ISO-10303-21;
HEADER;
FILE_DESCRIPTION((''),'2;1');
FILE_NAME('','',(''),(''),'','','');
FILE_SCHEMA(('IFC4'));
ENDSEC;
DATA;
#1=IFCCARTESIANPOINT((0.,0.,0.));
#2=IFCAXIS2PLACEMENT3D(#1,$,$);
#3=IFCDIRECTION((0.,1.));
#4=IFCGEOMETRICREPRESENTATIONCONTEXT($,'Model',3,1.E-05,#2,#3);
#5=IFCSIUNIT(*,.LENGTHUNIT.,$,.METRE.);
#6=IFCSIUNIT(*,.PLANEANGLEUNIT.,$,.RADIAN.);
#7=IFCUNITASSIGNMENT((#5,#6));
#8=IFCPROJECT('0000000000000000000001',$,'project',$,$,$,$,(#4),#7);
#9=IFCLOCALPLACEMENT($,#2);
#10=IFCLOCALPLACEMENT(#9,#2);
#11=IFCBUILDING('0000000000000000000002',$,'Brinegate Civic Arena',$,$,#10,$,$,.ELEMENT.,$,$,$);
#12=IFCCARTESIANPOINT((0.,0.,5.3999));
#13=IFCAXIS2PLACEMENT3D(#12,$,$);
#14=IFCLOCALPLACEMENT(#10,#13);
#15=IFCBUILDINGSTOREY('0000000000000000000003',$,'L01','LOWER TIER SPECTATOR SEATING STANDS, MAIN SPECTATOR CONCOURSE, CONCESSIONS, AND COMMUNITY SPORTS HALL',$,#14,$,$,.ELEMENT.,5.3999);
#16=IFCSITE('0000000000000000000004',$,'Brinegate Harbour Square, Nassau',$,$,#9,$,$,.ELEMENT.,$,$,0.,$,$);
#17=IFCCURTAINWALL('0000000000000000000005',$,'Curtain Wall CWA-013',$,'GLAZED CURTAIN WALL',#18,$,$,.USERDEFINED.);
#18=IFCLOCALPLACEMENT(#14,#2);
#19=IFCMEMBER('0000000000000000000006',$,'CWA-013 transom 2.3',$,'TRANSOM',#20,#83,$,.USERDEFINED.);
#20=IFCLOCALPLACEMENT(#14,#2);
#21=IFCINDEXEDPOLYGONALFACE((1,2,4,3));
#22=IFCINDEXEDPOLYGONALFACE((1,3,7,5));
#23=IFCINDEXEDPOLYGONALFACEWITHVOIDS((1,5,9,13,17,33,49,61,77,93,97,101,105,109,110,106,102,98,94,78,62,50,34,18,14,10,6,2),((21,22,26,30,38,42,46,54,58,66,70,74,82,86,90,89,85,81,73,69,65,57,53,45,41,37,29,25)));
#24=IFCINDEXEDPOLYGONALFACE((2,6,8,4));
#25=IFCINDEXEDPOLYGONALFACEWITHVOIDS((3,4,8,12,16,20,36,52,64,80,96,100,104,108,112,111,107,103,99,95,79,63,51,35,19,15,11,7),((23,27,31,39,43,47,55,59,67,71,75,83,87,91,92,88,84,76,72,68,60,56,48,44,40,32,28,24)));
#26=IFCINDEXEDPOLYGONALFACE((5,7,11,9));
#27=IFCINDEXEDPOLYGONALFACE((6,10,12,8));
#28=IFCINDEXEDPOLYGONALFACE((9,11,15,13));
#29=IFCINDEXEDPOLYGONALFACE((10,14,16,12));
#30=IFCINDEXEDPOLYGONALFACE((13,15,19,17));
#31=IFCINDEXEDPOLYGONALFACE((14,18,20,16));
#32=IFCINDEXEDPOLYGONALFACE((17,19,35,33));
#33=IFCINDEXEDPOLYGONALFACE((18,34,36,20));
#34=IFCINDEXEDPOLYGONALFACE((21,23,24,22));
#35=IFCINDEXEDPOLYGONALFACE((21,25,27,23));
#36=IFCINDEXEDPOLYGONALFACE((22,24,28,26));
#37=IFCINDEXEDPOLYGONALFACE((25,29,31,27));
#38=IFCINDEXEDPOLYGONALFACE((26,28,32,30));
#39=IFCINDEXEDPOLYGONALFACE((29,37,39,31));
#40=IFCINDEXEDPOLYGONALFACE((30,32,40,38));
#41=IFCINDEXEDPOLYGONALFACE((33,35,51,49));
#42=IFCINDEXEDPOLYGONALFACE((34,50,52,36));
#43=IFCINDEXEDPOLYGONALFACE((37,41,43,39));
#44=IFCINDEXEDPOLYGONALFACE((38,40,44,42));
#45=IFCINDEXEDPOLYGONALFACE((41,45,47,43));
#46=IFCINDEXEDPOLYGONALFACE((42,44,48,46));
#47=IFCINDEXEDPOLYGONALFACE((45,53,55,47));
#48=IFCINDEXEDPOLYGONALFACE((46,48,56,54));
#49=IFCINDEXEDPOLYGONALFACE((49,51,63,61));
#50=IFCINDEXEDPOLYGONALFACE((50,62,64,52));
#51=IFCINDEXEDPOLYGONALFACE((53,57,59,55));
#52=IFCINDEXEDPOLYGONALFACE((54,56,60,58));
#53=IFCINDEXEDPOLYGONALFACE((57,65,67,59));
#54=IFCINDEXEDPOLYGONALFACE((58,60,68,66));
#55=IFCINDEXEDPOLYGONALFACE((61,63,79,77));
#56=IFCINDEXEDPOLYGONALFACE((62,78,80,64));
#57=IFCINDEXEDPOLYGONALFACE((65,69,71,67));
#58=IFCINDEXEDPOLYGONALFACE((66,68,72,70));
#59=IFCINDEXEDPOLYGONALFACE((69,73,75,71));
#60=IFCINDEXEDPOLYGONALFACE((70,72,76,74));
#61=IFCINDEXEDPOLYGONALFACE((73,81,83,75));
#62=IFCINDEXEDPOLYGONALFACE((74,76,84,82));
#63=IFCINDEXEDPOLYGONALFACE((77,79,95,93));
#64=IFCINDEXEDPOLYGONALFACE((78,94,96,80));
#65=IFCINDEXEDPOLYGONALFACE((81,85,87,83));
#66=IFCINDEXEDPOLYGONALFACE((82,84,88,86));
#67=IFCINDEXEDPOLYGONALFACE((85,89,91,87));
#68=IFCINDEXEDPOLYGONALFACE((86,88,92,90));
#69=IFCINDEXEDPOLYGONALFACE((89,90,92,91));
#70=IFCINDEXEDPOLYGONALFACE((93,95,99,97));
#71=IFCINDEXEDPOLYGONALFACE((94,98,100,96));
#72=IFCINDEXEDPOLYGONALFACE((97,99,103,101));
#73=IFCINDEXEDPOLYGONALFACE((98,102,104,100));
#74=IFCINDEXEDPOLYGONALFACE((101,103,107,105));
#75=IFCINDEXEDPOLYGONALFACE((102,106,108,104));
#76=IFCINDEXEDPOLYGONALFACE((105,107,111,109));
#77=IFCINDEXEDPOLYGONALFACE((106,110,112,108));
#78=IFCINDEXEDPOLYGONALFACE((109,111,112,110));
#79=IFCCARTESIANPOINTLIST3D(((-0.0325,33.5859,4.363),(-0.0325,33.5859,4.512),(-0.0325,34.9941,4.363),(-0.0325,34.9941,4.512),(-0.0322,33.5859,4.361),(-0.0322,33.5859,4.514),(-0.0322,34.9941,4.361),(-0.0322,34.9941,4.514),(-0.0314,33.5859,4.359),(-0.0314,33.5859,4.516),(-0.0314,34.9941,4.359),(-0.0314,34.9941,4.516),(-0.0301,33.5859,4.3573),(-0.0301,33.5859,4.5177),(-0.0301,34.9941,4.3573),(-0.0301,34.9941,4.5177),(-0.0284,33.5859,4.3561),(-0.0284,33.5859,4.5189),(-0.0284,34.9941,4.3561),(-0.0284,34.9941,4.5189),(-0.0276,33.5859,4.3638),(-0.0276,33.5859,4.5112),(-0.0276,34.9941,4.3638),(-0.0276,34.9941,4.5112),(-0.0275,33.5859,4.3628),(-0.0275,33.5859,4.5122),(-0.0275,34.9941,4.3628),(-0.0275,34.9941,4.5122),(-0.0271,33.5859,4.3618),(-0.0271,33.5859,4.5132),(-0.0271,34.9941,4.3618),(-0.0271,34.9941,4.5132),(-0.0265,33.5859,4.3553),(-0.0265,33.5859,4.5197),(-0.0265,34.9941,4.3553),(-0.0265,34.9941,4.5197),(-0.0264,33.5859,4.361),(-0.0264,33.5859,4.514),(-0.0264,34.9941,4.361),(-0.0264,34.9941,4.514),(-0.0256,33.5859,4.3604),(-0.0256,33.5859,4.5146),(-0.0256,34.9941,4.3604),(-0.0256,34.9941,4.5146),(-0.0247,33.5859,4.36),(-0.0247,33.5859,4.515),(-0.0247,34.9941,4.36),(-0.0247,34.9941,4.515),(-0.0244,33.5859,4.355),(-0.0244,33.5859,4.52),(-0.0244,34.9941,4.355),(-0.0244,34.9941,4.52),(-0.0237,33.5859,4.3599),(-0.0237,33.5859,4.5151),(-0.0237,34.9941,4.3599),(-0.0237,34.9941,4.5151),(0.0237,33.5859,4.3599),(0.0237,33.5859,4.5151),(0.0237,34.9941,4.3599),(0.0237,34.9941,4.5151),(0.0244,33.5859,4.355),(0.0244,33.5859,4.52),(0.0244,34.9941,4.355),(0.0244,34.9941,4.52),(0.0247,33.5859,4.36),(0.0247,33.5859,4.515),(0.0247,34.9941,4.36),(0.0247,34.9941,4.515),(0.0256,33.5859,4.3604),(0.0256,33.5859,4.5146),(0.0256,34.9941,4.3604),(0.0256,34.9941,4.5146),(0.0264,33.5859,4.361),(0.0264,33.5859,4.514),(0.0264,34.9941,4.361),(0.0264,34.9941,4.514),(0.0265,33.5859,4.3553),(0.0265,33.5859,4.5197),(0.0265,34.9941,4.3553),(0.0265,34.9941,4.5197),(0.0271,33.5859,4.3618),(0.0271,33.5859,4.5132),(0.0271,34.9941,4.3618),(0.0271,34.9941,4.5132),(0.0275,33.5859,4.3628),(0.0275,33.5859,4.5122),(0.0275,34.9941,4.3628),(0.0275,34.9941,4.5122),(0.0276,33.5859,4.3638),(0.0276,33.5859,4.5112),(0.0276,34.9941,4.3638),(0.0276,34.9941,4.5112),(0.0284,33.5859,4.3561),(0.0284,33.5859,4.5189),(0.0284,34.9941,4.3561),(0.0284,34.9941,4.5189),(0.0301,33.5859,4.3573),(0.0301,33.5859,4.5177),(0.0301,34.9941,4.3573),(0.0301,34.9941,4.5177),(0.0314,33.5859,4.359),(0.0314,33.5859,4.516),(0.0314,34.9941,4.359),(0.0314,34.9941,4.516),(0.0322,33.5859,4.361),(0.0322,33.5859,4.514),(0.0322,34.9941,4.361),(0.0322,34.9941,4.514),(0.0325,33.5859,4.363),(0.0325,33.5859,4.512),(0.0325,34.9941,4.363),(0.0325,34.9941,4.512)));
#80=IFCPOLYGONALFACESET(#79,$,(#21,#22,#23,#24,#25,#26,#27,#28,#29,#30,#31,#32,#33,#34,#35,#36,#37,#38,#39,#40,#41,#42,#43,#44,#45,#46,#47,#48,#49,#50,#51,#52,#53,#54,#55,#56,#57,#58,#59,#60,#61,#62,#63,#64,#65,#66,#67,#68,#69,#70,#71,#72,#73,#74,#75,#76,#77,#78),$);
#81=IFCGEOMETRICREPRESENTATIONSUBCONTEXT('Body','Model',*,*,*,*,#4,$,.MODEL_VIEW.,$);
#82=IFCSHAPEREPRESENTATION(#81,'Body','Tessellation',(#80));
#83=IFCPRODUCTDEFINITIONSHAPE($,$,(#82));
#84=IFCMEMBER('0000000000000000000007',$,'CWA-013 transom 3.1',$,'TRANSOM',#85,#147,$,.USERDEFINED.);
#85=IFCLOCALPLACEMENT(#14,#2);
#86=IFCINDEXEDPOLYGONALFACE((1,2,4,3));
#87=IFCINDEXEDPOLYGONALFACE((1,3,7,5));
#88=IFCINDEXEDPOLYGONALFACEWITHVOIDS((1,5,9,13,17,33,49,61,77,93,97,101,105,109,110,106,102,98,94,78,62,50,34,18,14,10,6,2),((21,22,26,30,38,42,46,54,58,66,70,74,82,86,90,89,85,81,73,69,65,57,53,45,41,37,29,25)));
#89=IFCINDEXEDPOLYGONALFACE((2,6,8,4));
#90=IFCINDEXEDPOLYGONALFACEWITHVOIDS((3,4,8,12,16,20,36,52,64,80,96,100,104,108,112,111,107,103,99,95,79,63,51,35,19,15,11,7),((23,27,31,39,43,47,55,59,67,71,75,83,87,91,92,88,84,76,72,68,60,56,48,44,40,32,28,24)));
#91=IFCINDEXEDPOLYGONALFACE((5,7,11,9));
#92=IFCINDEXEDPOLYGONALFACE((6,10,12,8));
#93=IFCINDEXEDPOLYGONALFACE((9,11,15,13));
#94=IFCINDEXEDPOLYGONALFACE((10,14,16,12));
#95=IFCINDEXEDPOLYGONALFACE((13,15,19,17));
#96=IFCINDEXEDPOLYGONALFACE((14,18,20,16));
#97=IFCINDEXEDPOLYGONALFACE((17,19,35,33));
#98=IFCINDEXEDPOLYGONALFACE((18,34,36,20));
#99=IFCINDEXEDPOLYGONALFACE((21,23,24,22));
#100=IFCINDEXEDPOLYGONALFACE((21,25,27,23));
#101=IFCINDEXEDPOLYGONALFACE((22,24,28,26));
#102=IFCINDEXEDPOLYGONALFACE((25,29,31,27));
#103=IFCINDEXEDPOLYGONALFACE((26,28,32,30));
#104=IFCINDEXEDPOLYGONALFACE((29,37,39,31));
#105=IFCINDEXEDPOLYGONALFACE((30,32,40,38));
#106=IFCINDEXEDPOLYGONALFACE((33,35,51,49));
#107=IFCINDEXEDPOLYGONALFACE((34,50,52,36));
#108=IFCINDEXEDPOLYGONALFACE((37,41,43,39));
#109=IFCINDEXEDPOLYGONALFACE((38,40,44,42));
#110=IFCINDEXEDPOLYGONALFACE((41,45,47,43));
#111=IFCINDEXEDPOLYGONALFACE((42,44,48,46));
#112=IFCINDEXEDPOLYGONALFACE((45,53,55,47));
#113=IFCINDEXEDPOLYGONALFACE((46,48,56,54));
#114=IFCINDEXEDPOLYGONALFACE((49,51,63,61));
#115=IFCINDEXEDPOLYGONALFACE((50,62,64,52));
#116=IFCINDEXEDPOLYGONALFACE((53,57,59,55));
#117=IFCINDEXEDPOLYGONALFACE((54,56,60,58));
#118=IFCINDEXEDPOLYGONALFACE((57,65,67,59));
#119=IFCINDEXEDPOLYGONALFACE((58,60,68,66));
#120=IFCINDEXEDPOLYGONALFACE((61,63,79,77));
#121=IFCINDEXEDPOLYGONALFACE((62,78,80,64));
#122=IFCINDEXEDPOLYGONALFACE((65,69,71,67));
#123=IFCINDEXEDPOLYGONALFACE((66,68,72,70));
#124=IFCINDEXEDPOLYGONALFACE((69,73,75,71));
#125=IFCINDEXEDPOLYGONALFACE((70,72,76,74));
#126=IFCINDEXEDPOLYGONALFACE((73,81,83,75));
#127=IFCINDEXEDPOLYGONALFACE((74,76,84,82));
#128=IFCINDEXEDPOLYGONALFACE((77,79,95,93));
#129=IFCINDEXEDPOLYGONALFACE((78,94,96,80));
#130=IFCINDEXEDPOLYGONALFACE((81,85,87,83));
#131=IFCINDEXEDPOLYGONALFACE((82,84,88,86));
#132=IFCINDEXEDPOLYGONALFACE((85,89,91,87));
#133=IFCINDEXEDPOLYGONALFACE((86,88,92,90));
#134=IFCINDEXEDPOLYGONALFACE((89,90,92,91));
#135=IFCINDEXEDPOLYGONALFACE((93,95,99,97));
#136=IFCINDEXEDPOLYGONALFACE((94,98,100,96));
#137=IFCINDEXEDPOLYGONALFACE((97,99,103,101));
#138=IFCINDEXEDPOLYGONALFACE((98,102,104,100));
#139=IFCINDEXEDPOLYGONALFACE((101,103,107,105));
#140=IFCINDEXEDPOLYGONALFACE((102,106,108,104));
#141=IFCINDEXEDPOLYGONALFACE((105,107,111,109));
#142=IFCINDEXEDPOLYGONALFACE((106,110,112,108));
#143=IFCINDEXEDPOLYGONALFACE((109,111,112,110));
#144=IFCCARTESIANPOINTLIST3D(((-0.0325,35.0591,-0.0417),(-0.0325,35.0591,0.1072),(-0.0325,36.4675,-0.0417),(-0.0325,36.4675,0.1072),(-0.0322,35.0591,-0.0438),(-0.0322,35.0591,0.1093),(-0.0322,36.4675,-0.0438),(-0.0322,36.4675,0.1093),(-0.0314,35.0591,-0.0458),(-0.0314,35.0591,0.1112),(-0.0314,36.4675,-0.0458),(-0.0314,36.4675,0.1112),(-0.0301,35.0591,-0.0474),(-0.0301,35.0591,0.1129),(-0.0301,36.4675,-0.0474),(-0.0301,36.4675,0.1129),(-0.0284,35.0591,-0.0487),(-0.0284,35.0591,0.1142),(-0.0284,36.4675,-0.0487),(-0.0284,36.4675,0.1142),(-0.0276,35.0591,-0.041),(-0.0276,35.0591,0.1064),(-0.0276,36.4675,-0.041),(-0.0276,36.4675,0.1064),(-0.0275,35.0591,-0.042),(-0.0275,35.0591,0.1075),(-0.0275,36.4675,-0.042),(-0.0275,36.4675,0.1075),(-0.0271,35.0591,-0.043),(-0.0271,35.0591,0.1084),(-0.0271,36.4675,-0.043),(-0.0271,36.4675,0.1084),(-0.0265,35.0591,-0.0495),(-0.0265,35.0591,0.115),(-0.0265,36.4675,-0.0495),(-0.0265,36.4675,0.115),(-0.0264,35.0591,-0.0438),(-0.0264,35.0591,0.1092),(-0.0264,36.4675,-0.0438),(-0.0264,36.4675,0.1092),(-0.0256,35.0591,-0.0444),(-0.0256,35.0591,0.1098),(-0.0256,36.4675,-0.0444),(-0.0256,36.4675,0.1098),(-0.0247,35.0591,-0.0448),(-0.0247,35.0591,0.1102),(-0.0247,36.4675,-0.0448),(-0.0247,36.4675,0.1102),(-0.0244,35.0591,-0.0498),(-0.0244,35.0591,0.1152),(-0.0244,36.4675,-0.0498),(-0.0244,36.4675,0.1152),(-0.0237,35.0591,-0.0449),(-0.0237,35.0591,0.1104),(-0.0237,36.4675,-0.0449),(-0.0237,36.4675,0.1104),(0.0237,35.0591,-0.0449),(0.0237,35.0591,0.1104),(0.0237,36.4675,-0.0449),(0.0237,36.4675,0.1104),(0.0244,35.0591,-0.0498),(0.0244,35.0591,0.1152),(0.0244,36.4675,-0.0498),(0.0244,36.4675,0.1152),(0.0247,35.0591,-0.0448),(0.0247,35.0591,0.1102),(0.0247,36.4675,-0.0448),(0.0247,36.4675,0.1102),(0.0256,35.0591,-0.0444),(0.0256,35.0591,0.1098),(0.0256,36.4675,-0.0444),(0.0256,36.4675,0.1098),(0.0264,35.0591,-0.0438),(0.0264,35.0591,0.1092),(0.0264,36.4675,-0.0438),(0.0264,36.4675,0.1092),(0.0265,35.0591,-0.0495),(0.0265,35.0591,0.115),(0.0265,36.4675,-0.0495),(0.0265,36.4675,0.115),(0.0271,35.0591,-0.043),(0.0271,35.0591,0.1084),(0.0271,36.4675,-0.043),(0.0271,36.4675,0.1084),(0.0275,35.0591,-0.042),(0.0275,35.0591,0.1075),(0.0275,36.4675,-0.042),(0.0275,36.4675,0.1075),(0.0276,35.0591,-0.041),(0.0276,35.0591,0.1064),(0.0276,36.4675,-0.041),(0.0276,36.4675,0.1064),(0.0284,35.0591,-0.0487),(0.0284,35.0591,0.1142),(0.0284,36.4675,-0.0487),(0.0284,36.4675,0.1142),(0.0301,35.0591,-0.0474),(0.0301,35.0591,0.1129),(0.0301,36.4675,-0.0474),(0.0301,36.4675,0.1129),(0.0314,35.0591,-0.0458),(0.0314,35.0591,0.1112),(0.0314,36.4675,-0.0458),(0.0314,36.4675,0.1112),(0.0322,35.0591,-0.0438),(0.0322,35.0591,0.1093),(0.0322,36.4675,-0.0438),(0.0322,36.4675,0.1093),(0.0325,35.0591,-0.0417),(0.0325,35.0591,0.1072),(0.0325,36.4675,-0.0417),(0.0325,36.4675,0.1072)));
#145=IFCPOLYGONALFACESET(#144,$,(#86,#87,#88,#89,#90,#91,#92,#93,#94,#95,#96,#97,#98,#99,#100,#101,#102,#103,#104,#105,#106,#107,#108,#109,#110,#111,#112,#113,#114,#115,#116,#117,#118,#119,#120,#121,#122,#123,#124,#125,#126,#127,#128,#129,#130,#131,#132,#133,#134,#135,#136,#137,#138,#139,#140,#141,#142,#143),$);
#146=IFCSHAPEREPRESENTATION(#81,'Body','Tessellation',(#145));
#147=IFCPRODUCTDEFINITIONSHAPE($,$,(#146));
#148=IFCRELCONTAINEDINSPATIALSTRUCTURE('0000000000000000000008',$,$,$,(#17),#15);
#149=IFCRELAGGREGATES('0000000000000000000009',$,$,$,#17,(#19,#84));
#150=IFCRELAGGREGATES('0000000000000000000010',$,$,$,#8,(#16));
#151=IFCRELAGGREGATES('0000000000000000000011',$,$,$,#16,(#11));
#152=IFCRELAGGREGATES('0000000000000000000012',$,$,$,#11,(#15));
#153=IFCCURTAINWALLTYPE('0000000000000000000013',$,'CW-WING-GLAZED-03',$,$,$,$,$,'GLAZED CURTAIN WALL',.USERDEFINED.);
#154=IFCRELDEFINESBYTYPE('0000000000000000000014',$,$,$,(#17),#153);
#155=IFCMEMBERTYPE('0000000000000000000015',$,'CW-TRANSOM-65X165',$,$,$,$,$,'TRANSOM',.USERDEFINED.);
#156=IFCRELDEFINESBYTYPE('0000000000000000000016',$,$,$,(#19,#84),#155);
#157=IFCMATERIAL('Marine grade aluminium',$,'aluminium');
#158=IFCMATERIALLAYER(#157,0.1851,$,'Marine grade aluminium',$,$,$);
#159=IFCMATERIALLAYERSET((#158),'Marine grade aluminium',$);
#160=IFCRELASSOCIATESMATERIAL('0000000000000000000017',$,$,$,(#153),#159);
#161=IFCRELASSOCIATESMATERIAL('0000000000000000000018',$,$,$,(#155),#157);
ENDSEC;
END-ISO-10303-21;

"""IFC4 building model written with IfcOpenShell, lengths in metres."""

from ifc_helpers import new_model, si_unit, direction, frame, origin, origin_2d, place, context, subcontext, project, spatial, hollow_rectangle, extrude, material, layer, layer_set, material_profile, profile_set, type_object, element, aggregate, save


model = new_model("IFC4")

# Units and contexts
model_context = context("Model", 3, precision=1e-05, world=origin(), true_north=direction((0.0, 1.0)))
body_context = subcontext(model_context, "Body", "Model", "MODEL_VIEW")
ifc_project = project(units=[si_unit("LENGTHUNIT", "METRE"), si_unit("PLANEANGLEUNIT", "RADIAN")], contexts=[model_context])

# Site, building, storey
site_placement = place(None, origin())
site = spatial("IfcSite", under=ifc_project, at=site_placement, Name="Brinegate Harbour Square, Nassau", CompositionType="ELEMENT", RefElevation=0.0)
building_placement = place(site_placement, origin())
building = spatial("IfcBuilding", under=site, at=building_placement, Name="Brinegate Civic Arena", CompositionType="ELEMENT")
storey_placement = place(building_placement, frame((0.0, 0.0, 5.3999)))
storey = spatial("IfcBuildingStorey", under=building, at=storey_placement, Name="L01", Description="LOWER TIER SPECTATOR SEATING STANDS, MAIN SPECTATOR CONCOURSE, CONCESSIONS, AND COMMUNITY SPORTS HALL", CompositionType="ELEMENT", Elevation=5.3999)

# Curtain wall, members
ifc_material_1 = material(Name="Marine grade aluminium", Category="aluminium")
ifc_layer_1 = layer(ifc_material_1, 0.1851, Name="Marine grade aluminium")
ifc_layer_set_1 = layer_set([ifc_layer_1], Name="Marine grade aluminium")
curtain_wall_type = type_object("IfcCurtainWallType", Name="CW-WING-GLAZED-03", ElementType="GLAZED CURTAIN WALL", PredefinedType="USERDEFINED", material=ifc_layer_set_1)
curtain_wall_placement = place(storey_placement, origin())
curtain_wall = element("IfcCurtainWall", 1, at=curtain_wall_placement, inside=storey, type_object=curtain_wall_type, Name="Curtain Wall CWA-013", ObjectType="GLAZED CURTAIN WALL", PredefinedType="USERDEFINED")
ifc_material_profile_1 = material_profile(ifc_material_1, hollow_rectangle(XDim=0.0649, YDim=0.165, WallThickness=0.0049, InnerFilletRadius=0.0039, OuterFilletRadius=0.0081, at=origin_2d()), Name="TRN65X165")
ifc_profile_set_1 = profile_set([ifc_material_profile_1], Name="Marine grade aluminium")
member_type_1 = type_object("IfcMemberType", Name="CW-TRANSOM-65X165", ElementType="TRANSOM", PredefinedType="USERDEFINED", material=ifc_profile_set_1)
member_1_placement = place(storey_placement, frame((0.0, 33.5859, 4.4375), z_axis=(0.0, 1.0, 0.0), x_axis=(-1.0, 0.0, 0.0)))
member_1 = element("IfcMember", 2, at=member_1_placement, type_object=member_type_1, Name="CWA-013 transom 2.3", ObjectType="TRANSOM", PredefinedType="USERDEFINED", context=body_context, shape_type="SweptSolid", body=[
    extrude(hollow_rectangle(XDim=0.0649, YDim=0.165, WallThickness=0.0049, InnerFilletRadius=0.0039, OuterFilletRadius=0.0081, at=origin_2d()), origin(), (0.0, 0.0, 1.0), 1.4082),
])
member_2_placement = place(storey_placement, frame((0.0, 35.0591, 0.0327), z_axis=(0.0, 1.0, 0.0), x_axis=(-1.0, 0.0, 0.0)))
member_2 = element("IfcMember", 3, at=member_2_placement, type_object=member_type_1, Name="CWA-013 transom 3.1", ObjectType="TRANSOM", PredefinedType="USERDEFINED", context=body_context, shape_type="SweptSolid", body=[
    extrude(hollow_rectangle(XDim=0.0649, YDim=0.165, WallThickness=0.0049, InnerFilletRadius=0.0039, OuterFilletRadius=0.0081, at=origin_2d()), origin(), (0.0, 0.0, 1.0), 1.4084),
])
aggregate(curtain_wall, [member_1, member_2])

save(model, "model.ifc")
